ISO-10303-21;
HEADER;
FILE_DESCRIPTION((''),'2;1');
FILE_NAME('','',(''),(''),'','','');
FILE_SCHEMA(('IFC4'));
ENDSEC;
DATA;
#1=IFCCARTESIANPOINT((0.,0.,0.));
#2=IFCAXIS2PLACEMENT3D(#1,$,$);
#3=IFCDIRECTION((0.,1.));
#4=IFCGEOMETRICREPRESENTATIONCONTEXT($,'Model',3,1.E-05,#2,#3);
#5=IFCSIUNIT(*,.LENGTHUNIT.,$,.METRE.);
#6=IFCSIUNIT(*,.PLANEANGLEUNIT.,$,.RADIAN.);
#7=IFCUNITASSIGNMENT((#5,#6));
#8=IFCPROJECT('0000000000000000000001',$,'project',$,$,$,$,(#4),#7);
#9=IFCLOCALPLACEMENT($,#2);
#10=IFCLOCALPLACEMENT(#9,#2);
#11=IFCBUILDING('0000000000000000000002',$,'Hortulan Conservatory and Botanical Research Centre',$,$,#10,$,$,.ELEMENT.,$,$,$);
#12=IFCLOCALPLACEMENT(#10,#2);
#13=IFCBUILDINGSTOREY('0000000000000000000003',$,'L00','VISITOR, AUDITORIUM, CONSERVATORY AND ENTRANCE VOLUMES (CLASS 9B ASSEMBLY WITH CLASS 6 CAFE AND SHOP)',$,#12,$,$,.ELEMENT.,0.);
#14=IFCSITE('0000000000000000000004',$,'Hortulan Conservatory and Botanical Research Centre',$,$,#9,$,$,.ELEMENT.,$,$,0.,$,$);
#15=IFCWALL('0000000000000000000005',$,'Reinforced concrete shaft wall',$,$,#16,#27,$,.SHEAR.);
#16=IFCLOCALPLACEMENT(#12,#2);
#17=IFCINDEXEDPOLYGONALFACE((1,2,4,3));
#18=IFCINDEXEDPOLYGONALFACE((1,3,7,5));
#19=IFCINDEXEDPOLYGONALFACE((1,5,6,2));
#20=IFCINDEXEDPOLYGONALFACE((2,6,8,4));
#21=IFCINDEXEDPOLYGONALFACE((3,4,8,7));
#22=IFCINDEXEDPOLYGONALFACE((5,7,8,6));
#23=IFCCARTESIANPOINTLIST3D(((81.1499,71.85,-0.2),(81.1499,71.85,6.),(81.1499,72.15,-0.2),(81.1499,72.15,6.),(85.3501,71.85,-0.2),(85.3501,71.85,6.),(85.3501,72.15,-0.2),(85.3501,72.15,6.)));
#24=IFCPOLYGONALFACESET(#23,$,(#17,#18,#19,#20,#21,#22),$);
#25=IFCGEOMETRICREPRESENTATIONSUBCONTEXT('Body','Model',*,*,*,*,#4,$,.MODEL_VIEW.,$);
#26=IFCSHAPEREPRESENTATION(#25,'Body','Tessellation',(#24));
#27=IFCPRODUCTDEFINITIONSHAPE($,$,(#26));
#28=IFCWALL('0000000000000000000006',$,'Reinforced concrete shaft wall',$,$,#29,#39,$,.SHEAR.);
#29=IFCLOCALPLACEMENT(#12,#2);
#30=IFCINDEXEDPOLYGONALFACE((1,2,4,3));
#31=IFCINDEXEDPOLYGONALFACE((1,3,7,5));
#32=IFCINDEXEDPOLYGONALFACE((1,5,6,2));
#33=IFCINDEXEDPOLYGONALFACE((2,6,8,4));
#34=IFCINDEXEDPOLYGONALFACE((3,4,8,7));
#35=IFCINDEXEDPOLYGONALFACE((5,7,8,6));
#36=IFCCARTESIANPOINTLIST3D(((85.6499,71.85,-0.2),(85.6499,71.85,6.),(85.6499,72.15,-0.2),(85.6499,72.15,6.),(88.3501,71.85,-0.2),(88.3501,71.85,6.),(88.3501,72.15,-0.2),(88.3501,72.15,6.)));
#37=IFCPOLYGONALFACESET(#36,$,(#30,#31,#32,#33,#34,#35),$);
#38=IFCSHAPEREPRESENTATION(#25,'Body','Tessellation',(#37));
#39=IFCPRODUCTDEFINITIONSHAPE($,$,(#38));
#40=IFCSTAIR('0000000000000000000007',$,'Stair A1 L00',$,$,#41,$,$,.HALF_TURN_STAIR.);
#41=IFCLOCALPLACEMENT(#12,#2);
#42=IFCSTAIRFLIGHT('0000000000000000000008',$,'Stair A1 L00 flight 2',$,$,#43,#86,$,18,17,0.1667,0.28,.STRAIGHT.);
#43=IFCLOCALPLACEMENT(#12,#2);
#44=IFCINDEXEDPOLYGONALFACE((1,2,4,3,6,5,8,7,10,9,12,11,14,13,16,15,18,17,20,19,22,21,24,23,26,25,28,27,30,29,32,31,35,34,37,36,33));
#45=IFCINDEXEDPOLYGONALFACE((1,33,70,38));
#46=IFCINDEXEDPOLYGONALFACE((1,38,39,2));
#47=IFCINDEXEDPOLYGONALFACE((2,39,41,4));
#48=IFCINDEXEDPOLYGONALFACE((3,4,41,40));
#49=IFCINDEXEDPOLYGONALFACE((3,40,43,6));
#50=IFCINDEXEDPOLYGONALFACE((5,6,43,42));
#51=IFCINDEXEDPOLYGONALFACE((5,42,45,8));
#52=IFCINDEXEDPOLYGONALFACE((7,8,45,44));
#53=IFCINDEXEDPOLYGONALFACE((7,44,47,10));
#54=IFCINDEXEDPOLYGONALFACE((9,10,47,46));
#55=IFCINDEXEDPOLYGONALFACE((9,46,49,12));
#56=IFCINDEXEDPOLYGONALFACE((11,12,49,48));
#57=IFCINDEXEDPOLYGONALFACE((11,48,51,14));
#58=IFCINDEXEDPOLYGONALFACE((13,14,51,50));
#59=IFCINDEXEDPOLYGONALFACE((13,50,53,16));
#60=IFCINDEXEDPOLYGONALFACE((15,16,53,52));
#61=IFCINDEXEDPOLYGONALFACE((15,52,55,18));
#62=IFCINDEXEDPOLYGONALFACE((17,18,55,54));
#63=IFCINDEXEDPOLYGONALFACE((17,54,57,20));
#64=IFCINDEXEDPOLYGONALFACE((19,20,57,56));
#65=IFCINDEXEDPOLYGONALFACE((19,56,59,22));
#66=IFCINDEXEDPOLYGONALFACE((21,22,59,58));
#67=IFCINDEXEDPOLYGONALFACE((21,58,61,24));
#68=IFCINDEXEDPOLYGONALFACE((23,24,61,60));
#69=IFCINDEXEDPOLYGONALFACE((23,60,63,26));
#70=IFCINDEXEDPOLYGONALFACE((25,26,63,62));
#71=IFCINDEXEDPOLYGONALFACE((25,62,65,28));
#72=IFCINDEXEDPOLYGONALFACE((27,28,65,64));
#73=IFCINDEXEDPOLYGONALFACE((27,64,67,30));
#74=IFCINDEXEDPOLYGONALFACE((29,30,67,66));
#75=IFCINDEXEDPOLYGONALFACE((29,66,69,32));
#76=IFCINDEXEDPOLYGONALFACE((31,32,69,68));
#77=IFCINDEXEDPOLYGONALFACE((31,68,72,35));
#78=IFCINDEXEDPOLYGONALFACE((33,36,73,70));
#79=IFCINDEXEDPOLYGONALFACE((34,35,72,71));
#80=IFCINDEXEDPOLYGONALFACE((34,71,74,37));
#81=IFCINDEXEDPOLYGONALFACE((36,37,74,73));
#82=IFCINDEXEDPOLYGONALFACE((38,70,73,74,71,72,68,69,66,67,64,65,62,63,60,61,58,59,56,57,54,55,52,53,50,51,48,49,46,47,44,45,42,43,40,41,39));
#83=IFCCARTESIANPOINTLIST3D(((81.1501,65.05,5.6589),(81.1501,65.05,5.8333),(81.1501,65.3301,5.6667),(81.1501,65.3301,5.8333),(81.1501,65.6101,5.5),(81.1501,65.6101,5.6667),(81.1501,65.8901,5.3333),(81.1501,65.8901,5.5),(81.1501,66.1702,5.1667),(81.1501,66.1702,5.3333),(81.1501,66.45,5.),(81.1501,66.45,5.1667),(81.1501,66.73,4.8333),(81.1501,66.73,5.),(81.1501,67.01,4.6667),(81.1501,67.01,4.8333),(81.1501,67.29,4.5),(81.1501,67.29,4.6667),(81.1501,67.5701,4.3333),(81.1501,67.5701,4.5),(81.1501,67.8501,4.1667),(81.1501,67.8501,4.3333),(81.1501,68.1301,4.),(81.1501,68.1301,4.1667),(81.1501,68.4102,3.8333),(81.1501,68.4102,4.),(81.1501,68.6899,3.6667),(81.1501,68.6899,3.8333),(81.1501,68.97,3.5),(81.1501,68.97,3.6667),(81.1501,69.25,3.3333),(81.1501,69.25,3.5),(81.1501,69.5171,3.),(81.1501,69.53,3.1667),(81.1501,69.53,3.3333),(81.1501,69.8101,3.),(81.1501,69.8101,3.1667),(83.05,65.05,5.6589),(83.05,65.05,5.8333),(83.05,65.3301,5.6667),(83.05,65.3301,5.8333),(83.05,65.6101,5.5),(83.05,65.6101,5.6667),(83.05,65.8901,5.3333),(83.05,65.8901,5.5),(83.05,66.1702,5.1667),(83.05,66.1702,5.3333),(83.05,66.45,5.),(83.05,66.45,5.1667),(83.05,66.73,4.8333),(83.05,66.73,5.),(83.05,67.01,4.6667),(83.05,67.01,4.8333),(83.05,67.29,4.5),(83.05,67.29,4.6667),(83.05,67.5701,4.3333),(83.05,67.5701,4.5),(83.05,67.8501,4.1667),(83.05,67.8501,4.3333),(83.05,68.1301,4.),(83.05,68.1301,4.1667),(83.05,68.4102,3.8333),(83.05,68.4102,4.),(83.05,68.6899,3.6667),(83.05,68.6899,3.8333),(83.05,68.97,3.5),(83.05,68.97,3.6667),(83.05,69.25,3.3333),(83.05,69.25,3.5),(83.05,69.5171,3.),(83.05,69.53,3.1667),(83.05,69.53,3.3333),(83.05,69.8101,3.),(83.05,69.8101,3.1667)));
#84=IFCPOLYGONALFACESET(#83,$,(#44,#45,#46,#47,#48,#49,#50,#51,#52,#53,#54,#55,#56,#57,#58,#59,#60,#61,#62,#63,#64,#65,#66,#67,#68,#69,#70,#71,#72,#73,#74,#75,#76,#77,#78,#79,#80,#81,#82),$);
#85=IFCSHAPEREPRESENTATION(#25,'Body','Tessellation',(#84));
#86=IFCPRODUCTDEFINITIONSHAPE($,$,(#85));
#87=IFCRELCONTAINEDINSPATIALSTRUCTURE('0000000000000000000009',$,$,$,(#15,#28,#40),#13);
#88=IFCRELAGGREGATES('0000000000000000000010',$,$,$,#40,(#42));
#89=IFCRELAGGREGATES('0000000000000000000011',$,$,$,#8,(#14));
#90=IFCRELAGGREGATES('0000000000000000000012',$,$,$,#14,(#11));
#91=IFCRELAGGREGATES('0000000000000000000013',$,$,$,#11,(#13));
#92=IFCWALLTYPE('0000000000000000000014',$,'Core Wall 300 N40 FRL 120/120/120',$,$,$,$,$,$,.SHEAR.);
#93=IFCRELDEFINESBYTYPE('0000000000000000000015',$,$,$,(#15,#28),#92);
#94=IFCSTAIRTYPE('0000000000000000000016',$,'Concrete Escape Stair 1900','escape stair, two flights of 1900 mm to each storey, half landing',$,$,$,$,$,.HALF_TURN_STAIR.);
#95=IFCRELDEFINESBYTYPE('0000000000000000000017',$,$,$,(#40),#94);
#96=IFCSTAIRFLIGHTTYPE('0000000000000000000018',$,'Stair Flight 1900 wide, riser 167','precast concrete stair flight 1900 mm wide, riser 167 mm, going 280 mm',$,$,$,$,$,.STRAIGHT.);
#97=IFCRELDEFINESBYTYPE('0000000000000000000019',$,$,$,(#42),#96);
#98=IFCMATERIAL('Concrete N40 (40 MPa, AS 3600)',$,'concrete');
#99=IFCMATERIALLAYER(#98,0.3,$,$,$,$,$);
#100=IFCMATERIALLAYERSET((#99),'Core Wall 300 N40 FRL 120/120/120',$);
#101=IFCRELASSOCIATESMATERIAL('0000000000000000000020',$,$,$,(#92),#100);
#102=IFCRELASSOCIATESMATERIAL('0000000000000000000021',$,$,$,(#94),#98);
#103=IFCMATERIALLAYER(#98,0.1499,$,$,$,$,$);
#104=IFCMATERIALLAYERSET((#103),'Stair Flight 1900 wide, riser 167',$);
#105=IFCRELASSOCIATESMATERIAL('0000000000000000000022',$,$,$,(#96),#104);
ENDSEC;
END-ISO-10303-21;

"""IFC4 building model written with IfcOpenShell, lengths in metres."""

from ifc_helpers import new_model, si_unit, direction, frame, frame_2d, origin, place, context, subcontext, project, spatial, polyline, rectangle, outline, extrude, material, layer, layer_set, type_object, element, aggregate, save


model = new_model("IFC4")

# Units and contexts
model_context = context("Model", 3, precision=1e-05, world=origin(), true_north=direction((0.0, 1.0)))
body_context = subcontext(model_context, "Body", "Model", "MODEL_VIEW")
ifc_project = project(units=[si_unit("LENGTHUNIT", "METRE"), si_unit("PLANEANGLEUNIT", "RADIAN")], contexts=[model_context])

# Site, building, storey
site_placement = place(None, origin())
site = spatial("IfcSite", under=ifc_project, at=site_placement, Name="Hortulan Conservatory and Botanical Research Centre", CompositionType="ELEMENT", RefElevation=0.0)
building_placement = place(site_placement, origin())
building = spatial("IfcBuilding", under=site, at=building_placement, Name="Hortulan Conservatory and Botanical Research Centre", CompositionType="ELEMENT")
storey_placement = place(building_placement, origin())
storey = spatial("IfcBuildingStorey", under=building, at=storey_placement, Name="L00", Description="VISITOR, AUDITORIUM, CONSERVATORY AND ENTRANCE VOLUMES (CLASS 9B ASSEMBLY WITH CLASS 6 CAFE AND SHOP)", CompositionType="ELEMENT", Elevation=0.0)

# Shared definitions
ifc_material_1 = material(Name="Concrete N40 (40 MPa, AS 3600)", Category="concrete")

# Shared definitions
ifc_layer_1 = layer(ifc_material_1, 0.3)
ifc_layer_set_1 = layer_set([ifc_layer_1], Name="Core Wall 300 N40 FRL 120/120/120")
wall_type = type_object("IfcWallType", Name="Core Wall 300 N40 FRL 120/120/120", PredefinedType="SHEAR", material=ifc_layer_set_1)

# Walls
wall_1_placement = place(storey_placement, frame((81.1499, 72.0, -0.2), z_axis=(0.0, 0.0, 1.0), x_axis=(1.0, 0.0, 0.0)))
element("IfcWall", 1, at=wall_1_placement, inside=storey, type_object=wall_type, Name="Reinforced concrete shaft wall", PredefinedType="SHEAR", context=body_context, shape_type="SweptSolid", body=[
    extrude(rectangle(XDim=4.2002, YDim=0.3, at=frame_2d((2.1001, 0.0))), origin(), (0.0, 0.0, 1.0), 6.2),
])
wall_2_placement = place(storey_placement, frame((85.6499, 72.0, -0.2), z_axis=(0.0, 0.0, 1.0), x_axis=(1.0, 0.0, 0.0)))
element("IfcWall", 2, at=wall_2_placement, inside=storey, type_object=wall_type, Name="Reinforced concrete shaft wall", PredefinedType="SHEAR", context=body_context, shape_type="SweptSolid", body=[
    extrude(rectangle(XDim=2.7002, YDim=0.3, at=frame_2d((1.3501, 0.0))), origin(), (0.0, 0.0, 1.0), 6.2),
])

# Stair, stair flight
stair_type = type_object("IfcStairType", Name="Concrete Escape Stair 1900", Description="escape stair, two flights of 1900 mm to each storey, half landing", PredefinedType="HALF_TURN_STAIR", material=ifc_material_1)
stair_placement = place(storey_placement, origin())
stair = element("IfcStair", 3, at=stair_placement, inside=storey, type_object=stair_type, Name="Stair A1 L00", PredefinedType="HALF_TURN_STAIR")
ifc_layer_2 = layer(ifc_material_1, 0.1499)
ifc_layer_set_2 = layer_set([ifc_layer_2], Name="Stair Flight 1900 wide, riser 167")
stair_flight_type = type_object("IfcStairFlightType", Name="Stair Flight 1900 wide, riser 167", Description="precast concrete stair flight 1900 mm wide, riser 167 mm, going 280 mm", PredefinedType="STRAIGHT", material=ifc_layer_set_2)
stair_flight_placement = place(storey_placement, frame((82.1001, 69.8101, 3.0), z_axis=(0.0, 0.0, 1.0), x_axis=(0.0, -1.0, 0.0)))
stair_flight = element("IfcStairFlight", 4, at=stair_flight_placement, type_object=stair_flight_type, Name="Stair A1 L00 flight 2", NumberOfRisers=18, NumberOfTreads=17, PredefinedType="STRAIGHT", RiserHeight=0.1667, TreadLength=0.28, context=body_context, shape_type="SweptSolid", body=[
    extrude(outline(polyline([(0.0, 0.0), (0.0, 0.1667), (0.28, 0.1667), (0.28, 0.3333), (0.5601, 0.3333), (0.5601, 0.5), (0.8401, 0.5), (0.8401, 0.6667), (1.1201, 0.6667), (1.1201, 0.8333), (1.3999, 0.8333), (1.3999, 1.0), (1.6799, 1.0), (1.6799, 1.1667), (1.96, 1.1667), (1.96, 1.3333), (2.24, 1.3333), (2.24, 1.5), (2.52, 1.5), (2.52, 1.6667), (2.8, 1.6667), (2.8, 1.8333), (3.0801, 1.8333), (3.0801, 2.0), (3.3601, 2.0), (3.3601, 2.1667), (3.6399, 2.1667), (3.6399, 2.3333), (3.9199, 2.3333), (3.9199, 2.5), (4.2, 2.5), (4.2, 2.6667), (4.48, 2.6667), (4.48, 2.8333), (4.76, 2.8333), (4.76, 3.0), (4.76, 2.6589), (0.293, 0.0), (0.0, 0.0)])), frame((0.0, 0.95, 0.0), z_axis=(0.0, -1.0, 0.0), x_axis=(1.0, 0.0, 0.0)), (0.0, 0.0, 1.0), 1.8999),
])
aggregate(stair, [stair_flight])

save(model, "model.ifc")
